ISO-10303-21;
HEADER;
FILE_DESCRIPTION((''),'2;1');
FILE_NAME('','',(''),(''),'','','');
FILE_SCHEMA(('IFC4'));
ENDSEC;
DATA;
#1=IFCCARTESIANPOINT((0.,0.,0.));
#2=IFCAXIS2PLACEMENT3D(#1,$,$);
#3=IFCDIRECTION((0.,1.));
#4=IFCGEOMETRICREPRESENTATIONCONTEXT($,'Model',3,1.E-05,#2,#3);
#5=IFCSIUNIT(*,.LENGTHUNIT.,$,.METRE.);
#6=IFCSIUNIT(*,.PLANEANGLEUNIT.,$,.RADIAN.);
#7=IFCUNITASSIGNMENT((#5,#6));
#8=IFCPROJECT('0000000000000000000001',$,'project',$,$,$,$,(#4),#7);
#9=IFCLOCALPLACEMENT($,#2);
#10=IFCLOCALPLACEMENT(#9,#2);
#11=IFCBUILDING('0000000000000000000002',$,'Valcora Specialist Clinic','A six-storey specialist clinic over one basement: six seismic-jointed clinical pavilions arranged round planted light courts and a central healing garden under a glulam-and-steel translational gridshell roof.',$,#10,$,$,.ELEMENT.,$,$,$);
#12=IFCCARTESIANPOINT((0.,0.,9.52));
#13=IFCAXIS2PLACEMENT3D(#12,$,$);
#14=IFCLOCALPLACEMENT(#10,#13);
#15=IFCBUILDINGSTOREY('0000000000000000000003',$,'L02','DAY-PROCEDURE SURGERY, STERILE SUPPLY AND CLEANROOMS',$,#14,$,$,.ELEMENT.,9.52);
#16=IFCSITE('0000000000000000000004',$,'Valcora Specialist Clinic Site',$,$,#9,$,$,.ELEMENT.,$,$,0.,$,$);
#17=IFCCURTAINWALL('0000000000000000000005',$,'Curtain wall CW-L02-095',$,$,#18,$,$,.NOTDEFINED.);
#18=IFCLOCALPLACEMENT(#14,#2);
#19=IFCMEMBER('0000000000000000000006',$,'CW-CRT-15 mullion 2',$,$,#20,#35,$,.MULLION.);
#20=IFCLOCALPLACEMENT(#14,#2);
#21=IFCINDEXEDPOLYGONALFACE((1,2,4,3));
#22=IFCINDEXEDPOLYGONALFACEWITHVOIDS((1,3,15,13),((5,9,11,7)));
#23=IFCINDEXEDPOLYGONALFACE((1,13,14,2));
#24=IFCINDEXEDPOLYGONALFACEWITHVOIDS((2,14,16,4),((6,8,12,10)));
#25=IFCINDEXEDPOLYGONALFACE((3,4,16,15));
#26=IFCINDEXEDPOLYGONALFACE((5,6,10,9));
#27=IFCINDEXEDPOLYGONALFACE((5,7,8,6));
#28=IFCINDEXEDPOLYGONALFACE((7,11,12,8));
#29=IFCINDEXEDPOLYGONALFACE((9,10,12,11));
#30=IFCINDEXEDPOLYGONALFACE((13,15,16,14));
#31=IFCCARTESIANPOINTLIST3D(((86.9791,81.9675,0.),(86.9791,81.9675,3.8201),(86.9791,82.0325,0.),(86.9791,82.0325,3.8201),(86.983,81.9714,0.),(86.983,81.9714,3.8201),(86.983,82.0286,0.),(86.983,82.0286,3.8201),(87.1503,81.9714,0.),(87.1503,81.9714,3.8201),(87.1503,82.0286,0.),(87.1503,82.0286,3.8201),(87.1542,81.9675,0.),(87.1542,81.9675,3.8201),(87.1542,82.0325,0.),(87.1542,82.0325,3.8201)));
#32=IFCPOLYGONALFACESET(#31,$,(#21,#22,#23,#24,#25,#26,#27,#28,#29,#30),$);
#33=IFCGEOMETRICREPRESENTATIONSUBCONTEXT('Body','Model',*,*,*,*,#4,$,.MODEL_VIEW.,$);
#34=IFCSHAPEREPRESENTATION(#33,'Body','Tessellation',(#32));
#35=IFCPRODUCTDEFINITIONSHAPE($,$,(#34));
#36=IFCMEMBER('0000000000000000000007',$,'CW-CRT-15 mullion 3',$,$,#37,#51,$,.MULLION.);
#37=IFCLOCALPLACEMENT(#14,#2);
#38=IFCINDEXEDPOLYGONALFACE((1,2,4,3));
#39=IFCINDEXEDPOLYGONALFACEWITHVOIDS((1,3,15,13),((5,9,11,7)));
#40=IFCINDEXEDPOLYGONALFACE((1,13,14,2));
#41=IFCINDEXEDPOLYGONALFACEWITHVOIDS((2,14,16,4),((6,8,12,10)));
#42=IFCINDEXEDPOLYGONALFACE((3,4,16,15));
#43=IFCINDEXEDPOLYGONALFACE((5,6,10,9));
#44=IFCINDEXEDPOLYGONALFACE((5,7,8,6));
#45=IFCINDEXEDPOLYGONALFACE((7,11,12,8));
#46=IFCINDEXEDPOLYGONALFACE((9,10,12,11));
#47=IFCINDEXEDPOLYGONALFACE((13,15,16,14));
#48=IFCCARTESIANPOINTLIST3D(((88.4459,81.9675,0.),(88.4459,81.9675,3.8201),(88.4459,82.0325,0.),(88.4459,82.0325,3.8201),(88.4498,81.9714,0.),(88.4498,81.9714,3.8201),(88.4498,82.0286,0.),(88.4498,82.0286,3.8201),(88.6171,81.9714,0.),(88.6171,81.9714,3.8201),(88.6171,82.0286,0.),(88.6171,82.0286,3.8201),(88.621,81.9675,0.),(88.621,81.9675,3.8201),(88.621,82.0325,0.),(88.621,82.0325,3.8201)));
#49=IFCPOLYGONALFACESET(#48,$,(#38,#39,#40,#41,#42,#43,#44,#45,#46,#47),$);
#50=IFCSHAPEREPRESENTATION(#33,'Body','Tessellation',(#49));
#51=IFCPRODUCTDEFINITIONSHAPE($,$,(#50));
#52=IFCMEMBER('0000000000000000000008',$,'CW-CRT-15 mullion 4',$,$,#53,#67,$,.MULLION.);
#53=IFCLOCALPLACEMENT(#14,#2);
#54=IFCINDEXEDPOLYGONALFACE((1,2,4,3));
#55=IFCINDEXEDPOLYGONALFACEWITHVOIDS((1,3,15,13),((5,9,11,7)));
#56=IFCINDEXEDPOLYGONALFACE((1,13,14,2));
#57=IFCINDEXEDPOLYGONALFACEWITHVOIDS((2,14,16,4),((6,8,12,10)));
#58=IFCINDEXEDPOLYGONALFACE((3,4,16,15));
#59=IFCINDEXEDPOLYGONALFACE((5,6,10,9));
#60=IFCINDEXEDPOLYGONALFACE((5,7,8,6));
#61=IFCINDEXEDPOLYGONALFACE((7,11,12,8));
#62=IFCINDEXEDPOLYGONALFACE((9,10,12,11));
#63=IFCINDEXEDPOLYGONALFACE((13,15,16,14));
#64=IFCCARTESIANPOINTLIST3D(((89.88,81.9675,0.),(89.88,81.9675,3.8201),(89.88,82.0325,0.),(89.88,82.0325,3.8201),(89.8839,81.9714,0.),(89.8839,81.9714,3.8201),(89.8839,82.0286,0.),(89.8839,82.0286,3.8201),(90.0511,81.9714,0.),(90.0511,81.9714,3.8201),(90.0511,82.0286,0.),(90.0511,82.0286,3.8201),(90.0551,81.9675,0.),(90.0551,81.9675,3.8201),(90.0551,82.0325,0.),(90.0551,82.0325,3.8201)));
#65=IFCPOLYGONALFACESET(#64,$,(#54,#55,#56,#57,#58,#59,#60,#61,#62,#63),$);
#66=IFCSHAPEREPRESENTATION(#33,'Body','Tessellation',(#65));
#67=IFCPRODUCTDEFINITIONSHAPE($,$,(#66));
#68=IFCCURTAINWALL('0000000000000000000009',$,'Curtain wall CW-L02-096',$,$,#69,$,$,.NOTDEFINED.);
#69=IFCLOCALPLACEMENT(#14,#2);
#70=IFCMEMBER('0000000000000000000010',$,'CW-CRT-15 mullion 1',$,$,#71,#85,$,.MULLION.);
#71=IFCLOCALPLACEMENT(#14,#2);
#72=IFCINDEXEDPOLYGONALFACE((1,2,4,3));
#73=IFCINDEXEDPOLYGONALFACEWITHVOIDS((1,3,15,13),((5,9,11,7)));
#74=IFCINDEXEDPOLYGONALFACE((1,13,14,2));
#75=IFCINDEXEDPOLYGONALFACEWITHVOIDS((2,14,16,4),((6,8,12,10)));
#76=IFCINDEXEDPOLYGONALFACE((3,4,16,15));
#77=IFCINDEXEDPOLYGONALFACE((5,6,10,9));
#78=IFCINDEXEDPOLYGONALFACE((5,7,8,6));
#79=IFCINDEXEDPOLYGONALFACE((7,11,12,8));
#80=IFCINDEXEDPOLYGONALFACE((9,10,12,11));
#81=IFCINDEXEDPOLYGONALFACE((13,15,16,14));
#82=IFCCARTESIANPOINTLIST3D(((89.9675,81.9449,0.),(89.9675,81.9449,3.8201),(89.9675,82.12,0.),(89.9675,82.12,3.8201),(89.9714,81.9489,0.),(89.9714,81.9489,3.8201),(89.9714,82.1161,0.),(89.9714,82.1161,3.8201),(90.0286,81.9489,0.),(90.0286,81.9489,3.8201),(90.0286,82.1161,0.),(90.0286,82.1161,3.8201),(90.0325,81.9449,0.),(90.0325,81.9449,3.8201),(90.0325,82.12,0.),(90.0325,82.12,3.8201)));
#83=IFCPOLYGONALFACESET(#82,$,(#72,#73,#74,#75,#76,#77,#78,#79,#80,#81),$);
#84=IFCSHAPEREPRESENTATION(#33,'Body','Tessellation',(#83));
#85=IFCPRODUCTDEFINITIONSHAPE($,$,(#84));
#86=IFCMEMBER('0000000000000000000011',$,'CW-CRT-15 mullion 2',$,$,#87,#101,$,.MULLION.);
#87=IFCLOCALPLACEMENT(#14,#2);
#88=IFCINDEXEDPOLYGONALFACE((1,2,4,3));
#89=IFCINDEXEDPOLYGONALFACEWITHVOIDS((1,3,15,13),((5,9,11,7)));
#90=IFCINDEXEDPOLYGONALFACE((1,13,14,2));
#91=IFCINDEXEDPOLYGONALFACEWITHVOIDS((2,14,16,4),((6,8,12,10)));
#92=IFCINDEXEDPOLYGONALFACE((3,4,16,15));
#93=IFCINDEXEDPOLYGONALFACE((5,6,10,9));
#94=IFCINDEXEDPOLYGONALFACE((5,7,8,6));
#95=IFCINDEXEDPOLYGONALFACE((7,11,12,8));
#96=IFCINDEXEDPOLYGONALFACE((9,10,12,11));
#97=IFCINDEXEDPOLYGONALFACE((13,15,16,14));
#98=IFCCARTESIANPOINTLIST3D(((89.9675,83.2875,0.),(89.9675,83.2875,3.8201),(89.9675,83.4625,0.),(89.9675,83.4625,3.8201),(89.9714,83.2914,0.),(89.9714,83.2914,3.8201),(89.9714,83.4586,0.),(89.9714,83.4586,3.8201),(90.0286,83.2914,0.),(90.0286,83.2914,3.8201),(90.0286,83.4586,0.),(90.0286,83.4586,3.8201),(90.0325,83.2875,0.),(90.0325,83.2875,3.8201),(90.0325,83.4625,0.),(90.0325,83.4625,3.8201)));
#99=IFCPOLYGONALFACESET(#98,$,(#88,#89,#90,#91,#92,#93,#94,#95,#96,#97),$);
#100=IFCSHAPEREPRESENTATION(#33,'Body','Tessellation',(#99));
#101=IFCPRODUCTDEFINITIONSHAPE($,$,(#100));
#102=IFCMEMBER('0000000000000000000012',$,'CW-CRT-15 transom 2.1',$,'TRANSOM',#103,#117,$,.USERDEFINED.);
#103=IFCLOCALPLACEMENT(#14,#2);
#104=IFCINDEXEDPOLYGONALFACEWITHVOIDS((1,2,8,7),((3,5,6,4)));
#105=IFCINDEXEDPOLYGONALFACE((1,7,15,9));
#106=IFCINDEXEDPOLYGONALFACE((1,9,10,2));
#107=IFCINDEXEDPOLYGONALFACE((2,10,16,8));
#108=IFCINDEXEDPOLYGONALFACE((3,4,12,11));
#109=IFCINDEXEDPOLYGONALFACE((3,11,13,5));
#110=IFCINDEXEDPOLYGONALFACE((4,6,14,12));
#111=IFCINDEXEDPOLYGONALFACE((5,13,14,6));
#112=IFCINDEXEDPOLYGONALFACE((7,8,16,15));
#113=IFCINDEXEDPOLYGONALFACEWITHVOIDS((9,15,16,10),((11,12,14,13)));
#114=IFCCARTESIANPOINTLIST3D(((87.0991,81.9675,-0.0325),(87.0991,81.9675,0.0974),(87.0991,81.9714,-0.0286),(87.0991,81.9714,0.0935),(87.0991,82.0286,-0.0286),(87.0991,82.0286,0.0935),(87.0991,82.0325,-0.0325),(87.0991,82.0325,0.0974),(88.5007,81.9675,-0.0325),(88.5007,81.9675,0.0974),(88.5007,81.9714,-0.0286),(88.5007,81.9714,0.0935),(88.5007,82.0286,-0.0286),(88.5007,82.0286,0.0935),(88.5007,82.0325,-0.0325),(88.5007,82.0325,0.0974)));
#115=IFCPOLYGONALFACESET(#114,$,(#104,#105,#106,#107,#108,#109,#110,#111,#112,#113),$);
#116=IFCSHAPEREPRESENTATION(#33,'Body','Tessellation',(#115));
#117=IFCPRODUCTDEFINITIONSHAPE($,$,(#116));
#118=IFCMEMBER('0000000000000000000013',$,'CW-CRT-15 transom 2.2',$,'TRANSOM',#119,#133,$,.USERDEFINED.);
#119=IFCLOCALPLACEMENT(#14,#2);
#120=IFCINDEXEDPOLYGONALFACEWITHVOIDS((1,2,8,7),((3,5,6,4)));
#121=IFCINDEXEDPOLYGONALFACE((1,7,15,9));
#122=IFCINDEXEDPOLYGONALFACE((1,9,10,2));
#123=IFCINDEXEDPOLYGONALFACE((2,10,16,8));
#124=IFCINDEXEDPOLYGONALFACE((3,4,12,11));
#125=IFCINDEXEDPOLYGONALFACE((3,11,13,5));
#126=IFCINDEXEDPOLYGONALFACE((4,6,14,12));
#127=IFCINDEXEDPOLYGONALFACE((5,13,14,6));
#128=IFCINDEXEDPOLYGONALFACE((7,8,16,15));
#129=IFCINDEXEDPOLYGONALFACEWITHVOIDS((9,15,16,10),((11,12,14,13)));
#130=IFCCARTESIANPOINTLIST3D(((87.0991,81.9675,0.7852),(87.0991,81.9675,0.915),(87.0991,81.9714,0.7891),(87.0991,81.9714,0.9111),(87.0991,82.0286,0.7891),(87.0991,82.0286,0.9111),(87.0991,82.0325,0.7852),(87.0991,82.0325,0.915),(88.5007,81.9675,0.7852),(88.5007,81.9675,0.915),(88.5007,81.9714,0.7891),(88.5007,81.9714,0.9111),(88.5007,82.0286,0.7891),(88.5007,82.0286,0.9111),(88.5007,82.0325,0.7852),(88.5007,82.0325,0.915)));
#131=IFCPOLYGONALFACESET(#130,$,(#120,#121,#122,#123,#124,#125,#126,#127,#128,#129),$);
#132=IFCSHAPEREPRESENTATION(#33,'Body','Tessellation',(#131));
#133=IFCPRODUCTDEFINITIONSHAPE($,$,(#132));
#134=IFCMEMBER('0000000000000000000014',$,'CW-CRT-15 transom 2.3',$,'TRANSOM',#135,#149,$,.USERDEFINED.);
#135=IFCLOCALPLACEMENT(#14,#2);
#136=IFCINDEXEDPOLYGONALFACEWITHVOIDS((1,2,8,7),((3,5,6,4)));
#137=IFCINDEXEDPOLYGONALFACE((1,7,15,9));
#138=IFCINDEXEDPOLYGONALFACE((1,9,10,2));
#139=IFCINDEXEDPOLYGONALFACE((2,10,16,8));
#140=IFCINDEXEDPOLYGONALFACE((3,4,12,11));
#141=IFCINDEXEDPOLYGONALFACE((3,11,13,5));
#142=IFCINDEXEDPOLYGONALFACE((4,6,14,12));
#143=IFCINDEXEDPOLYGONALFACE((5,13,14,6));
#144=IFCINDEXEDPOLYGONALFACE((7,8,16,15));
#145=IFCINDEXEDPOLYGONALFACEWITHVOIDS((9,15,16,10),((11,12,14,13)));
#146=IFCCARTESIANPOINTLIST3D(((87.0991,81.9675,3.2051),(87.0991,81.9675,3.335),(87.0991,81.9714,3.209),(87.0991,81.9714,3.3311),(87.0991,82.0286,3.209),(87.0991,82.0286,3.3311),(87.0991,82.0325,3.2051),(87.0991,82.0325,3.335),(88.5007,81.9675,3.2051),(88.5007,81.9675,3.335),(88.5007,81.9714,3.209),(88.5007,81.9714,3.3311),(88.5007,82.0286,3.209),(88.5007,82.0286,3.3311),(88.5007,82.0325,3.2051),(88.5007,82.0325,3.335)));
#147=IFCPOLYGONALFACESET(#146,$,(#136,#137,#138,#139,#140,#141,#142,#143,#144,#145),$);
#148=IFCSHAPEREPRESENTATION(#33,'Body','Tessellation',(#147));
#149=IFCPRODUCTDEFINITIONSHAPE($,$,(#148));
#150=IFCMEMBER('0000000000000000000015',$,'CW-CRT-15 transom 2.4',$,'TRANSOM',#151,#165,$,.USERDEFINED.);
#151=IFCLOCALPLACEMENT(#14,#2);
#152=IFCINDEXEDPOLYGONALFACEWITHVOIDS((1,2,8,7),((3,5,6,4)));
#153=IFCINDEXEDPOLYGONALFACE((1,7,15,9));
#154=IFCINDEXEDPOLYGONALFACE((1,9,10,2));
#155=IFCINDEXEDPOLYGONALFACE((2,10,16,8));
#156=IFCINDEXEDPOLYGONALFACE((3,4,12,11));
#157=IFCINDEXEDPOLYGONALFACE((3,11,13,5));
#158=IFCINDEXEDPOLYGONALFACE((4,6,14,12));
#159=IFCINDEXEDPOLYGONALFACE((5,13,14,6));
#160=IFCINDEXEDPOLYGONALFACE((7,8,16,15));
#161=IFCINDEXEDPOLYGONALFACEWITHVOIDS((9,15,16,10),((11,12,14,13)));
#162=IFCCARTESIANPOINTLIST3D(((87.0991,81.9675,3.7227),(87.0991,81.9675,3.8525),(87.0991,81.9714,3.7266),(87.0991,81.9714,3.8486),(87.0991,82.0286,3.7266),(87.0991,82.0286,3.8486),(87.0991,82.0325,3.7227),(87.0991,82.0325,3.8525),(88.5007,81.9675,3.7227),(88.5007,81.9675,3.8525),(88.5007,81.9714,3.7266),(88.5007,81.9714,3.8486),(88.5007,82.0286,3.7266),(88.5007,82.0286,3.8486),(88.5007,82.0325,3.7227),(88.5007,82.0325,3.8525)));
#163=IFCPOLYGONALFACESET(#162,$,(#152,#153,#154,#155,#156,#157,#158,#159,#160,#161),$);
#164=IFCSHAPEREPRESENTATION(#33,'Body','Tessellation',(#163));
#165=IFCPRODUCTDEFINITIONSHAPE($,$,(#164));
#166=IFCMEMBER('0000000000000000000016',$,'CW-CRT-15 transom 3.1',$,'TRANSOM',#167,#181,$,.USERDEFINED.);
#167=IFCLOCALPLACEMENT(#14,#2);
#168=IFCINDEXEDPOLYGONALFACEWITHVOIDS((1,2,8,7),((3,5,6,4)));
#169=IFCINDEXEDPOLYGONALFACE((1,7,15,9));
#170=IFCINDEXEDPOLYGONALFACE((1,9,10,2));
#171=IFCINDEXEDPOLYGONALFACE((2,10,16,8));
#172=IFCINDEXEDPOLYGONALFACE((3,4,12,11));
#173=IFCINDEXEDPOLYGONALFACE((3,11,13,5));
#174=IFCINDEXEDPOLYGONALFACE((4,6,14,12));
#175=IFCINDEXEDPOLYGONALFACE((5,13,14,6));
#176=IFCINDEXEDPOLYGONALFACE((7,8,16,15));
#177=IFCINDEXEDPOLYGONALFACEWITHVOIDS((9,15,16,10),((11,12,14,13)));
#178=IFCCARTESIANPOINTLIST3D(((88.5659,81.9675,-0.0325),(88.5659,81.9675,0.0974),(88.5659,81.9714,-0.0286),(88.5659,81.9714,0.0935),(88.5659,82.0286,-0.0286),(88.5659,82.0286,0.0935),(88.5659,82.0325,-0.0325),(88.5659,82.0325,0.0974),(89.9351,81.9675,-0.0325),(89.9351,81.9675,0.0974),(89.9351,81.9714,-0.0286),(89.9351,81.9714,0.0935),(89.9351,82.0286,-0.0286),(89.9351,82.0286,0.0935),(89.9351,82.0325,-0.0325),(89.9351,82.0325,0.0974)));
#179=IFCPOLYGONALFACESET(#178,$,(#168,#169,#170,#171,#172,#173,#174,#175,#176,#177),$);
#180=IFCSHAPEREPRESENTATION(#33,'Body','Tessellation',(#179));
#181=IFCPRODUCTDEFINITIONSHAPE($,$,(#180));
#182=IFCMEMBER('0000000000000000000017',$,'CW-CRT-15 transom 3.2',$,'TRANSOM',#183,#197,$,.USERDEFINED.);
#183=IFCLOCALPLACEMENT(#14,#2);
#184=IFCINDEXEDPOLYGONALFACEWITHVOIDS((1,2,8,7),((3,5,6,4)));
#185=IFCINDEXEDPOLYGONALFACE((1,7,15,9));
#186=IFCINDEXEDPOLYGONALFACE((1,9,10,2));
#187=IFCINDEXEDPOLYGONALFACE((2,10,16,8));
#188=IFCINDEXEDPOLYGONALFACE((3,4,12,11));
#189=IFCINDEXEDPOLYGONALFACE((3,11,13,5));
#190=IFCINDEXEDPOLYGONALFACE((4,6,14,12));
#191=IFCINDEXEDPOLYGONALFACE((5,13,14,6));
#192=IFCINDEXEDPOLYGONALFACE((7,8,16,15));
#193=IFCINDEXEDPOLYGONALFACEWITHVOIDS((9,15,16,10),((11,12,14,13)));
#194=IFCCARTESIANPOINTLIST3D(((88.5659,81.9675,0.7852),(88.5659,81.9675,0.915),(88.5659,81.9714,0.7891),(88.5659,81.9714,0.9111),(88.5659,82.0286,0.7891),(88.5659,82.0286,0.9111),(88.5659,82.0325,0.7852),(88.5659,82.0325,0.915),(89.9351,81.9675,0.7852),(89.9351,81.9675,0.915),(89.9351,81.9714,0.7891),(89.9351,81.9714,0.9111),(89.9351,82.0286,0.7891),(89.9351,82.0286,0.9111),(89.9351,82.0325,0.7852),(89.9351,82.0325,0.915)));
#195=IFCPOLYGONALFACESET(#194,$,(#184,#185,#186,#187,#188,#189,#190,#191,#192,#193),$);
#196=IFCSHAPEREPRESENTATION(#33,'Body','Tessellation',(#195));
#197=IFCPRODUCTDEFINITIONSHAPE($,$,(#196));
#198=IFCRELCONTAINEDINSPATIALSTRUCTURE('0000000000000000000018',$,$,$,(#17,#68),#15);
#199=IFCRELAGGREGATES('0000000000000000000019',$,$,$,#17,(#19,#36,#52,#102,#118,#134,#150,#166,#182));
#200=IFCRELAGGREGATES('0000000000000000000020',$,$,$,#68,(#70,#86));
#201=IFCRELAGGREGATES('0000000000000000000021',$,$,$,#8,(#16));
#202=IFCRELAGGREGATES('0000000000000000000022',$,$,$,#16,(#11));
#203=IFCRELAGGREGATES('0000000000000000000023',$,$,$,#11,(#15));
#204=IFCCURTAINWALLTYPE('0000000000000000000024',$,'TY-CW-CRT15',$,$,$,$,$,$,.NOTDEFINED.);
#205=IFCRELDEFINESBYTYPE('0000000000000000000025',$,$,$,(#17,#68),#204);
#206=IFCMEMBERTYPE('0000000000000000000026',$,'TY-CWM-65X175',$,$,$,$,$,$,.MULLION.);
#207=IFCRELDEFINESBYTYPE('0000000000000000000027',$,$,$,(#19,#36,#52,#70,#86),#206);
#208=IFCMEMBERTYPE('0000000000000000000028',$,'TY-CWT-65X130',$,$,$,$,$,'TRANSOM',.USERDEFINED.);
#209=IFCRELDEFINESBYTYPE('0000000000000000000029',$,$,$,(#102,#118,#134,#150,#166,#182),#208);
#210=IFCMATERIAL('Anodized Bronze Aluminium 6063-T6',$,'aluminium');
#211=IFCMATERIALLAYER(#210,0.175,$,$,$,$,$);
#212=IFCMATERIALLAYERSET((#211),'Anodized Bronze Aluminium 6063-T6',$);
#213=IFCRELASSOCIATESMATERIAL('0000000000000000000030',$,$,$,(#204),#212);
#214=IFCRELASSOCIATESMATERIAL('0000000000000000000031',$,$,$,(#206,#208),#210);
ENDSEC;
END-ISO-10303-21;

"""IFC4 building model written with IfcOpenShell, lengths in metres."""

from ifc_helpers import new_model, si_unit, direction, frame, origin, origin_2d, place, context, subcontext, project, spatial, hollow_rectangle, extrude, material, layer, layer_set, material_profile, profile_set, type_object, element, aggregate, save


model = new_model("IFC4")

# Units and contexts
model_context = context("Model", 3, precision=1e-05, world=origin(), true_north=direction((0.0, 1.0)))
body_context = subcontext(model_context, "Body", "Model", "MODEL_VIEW")
ifc_project = project(units=[si_unit("LENGTHUNIT", "METRE"), si_unit("PLANEANGLEUNIT", "RADIAN")], contexts=[model_context])

# Site, building, storey
site_placement = place(None, origin())
site = spatial("IfcSite", under=ifc_project, at=site_placement, Name="Valcora Specialist Clinic Site", CompositionType="ELEMENT", RefElevation=0.0)
building_placement = place(site_placement, origin())
building = spatial("IfcBuilding", under=site, at=building_placement, Name="Valcora Specialist Clinic", Description="A six-storey specialist clinic over one basement: six seismic-jointed clinical pavilions arranged round planted light courts and a central healing garden under a glulam-and-steel translational gridshell roof.", CompositionType="ELEMENT")
storey_placement = place(building_placement, frame((0.0, 0.0, 9.52)))
storey = spatial("IfcBuildingStorey", under=building, at=storey_placement, Name="L02", Description="DAY-PROCEDURE SURGERY, STERILE SUPPLY AND CLEANROOMS", CompositionType="ELEMENT", Elevation=9.52)

# Curtain walls, members
ifc_material_1 = material(Name="Anodized Bronze Aluminium 6063-T6", Category="aluminium")
ifc_layer_1 = layer(ifc_material_1, 0.175)
ifc_layer_set_1 = layer_set([ifc_layer_1], Name="Anodized Bronze Aluminium 6063-T6")
curtain_wall_type = type_object("IfcCurtainWallType", Name="TY-CW-CRT15", PredefinedType="NOTDEFINED", material=ifc_layer_set_1)
curtain_wall_1_placement = place(storey_placement, origin())
curtain_wall_1 = element("IfcCurtainWall", 1, at=curtain_wall_1_placement, inside=storey, type_object=curtain_wall_type, Name="Curtain wall CW-L02-095", PredefinedType="NOTDEFINED")
ifc_material_profile_1 = material_profile(ifc_material_1, hollow_rectangle(XDim=0.0649, YDim=0.175, WallThickness=0.0039, at=origin_2d()), Name="AL-MUL-65X175")
ifc_profile_set_1 = profile_set([ifc_material_profile_1], Name="Anodized Bronze Aluminium 6063-T6")
member_type_1 = type_object("IfcMemberType", Name="TY-CWM-65X175", PredefinedType="MULLION", material=ifc_profile_set_1)
member_1_placement = place(storey_placement, frame((87.0667, 82.0, 0.0), z_axis=(0.0, 0.0, 1.0), x_axis=(0.0, 1.0, 0.0)))
member_1 = element("IfcMember", 2, at=member_1_placement, type_object=member_type_1, Name="CW-CRT-15 mullion 2", PredefinedType="MULLION", context=body_context, shape_type="SweptSolid", body=[
    extrude(hollow_rectangle(XDim=0.0649, YDim=0.175, WallThickness=0.0039, at=origin_2d()), origin(), (0.0, 0.0, 1.0), 3.8201),
])
member_2_placement = place(storey_placement, frame((88.5334, 82.0, 0.0), z_axis=(0.0, 0.0, 1.0), x_axis=(0.0, 1.0, 0.0)))
member_2 = element("IfcMember", 3, at=member_2_placement, type_object=member_type_1, Name="CW-CRT-15 mullion 3", PredefinedType="MULLION", context=body_context, shape_type="SweptSolid", body=[
    extrude(hollow_rectangle(XDim=0.0649, YDim=0.175, WallThickness=0.0039, at=origin_2d()), origin(), (0.0, 0.0, 1.0), 3.8201),
])
member_3_placement = place(storey_placement, frame((89.9675, 82.0, 0.0), z_axis=(0.0, 0.0, 1.0), x_axis=(0.0, 1.0, 0.0)))
member_3 = element("IfcMember", 4, at=member_3_placement, type_object=member_type_1, Name="CW-CRT-15 mullion 4", PredefinedType="MULLION", context=body_context, shape_type="SweptSolid", body=[
    extrude(hollow_rectangle(XDim=0.0649, YDim=0.175, WallThickness=0.0039, at=origin_2d()), origin(), (0.0, 0.0, 1.0), 3.8201),
])
curtain_wall_2_placement = place(storey_placement, origin())
curtain_wall_2 = element("IfcCurtainWall", 5, at=curtain_wall_2_placement, inside=storey, type_object=curtain_wall_type, Name="Curtain wall CW-L02-096", PredefinedType="NOTDEFINED")
member_4_placement = place(storey_placement, frame((90.0, 82.0325, 0.0), z_axis=(0.0, 0.0, 1.0), x_axis=(-1.0, 0.0, 0.0)))
member_4 = element("IfcMember", 6, at=member_4_placement, type_object=member_type_1, Name="CW-CRT-15 mullion 1", PredefinedType="MULLION", context=body_context, shape_type="SweptSolid", body=[
    extrude(hollow_rectangle(XDim=0.0649, YDim=0.175, WallThickness=0.0039, at=origin_2d()), origin(), (0.0, 0.0, 1.0), 3.8201),
])
member_5_placement = place(storey_placement, frame((90.0, 83.375, 0.0), z_axis=(0.0, 0.0, 1.0), x_axis=(-1.0, 0.0, 0.0)))
member_5 = element("IfcMember", 7, at=member_5_placement, type_object=member_type_1, Name="CW-CRT-15 mullion 2", PredefinedType="MULLION", context=body_context, shape_type="SweptSolid", body=[
    extrude(hollow_rectangle(XDim=0.0649, YDim=0.175, WallThickness=0.0039, at=origin_2d()), origin(), (0.0, 0.0, 1.0), 3.8201),
])

# Members
ifc_material_profile_2 = material_profile(ifc_material_1, hollow_rectangle(XDim=0.0649, YDim=0.1299, WallThickness=0.0039, at=origin_2d()), Name="AL-TRN-65X130")
ifc_profile_set_2 = profile_set([ifc_material_profile_2], Name="Anodized Bronze Aluminium 6063-T6")
member_type_2 = type_object("IfcMemberType", Name="TY-CWT-65X130", ElementType="TRANSOM", PredefinedType="USERDEFINED", material=ifc_profile_set_2)
member_6_placement = place(storey_placement, frame((87.0991, 82.0, 0.0325), z_axis=(1.0, 0.0, 0.0), x_axis=(0.0, 1.0, 0.0)))
member_6 = element("IfcMember", 8, at=member_6_placement, type_object=member_type_2, Name="CW-CRT-15 transom 2.1", ObjectType="TRANSOM", PredefinedType="USERDEFINED", context=body_context, shape_type="SweptSolid", body=[
    extrude(hollow_rectangle(XDim=0.0649, YDim=0.1299, WallThickness=0.0039, at=origin_2d()), origin(), (0.0, 0.0, 1.0), 1.4016),
])
member_7_placement = place(storey_placement, frame((87.0991, 82.0, 0.8501), z_axis=(1.0, 0.0, 0.0), x_axis=(0.0, 1.0, 0.0)))
member_7 = element("IfcMember", 9, at=member_7_placement, type_object=member_type_2, Name="CW-CRT-15 transom 2.2", ObjectType="TRANSOM", PredefinedType="USERDEFINED", context=body_context, shape_type="SweptSolid", body=[
    extrude(hollow_rectangle(XDim=0.0649, YDim=0.1299, WallThickness=0.0039, at=origin_2d()), origin(), (0.0, 0.0, 1.0), 1.4016),
])
member_8_placement = place(storey_placement, frame((87.0991, 82.0, 3.27), z_axis=(1.0, 0.0, 0.0), x_axis=(0.0, 1.0, 0.0)))
member_8 = element("IfcMember", 10, at=member_8_placement, type_object=member_type_2, Name="CW-CRT-15 transom 2.3", ObjectType="TRANSOM", PredefinedType="USERDEFINED", context=body_context, shape_type="SweptSolid", body=[
    extrude(hollow_rectangle(XDim=0.0649, YDim=0.1299, WallThickness=0.0039, at=origin_2d()), origin(), (0.0, 0.0, 1.0), 1.4016),
])
member_9_placement = place(storey_placement, frame((87.0991, 82.0, 3.7876), z_axis=(1.0, 0.0, 0.0), x_axis=(0.0, 1.0, 0.0)))
member_9 = element("IfcMember", 11, at=member_9_placement, type_object=member_type_2, Name="CW-CRT-15 transom 2.4", ObjectType="TRANSOM", PredefinedType="USERDEFINED", context=body_context, shape_type="SweptSolid", body=[
    extrude(hollow_rectangle(XDim=0.0649, YDim=0.1299, WallThickness=0.0039, at=origin_2d()), origin(), (0.0, 0.0, 1.0), 1.4016),
])
member_10_placement = place(storey_placement, frame((88.5659, 82.0, 0.0325), z_axis=(1.0, 0.0, 0.0), x_axis=(0.0, 1.0, 0.0)))
member_10 = element("IfcMember", 12, at=member_10_placement, type_object=member_type_2, Name="CW-CRT-15 transom 3.1", ObjectType="TRANSOM", PredefinedType="USERDEFINED", context=body_context, shape_type="SweptSolid", body=[
    extrude(hollow_rectangle(XDim=0.0649, YDim=0.1299, WallThickness=0.0039, at=origin_2d()), origin(), (0.0, 0.0, 1.0), 1.3691),
])
member_11_placement = place(storey_placement, frame((88.5659, 82.0, 0.8501), z_axis=(1.0, 0.0, 0.0), x_axis=(0.0, 1.0, 0.0)))
member_11 = element("IfcMember", 13, at=member_11_placement, type_object=member_type_2, Name="CW-CRT-15 transom 3.2", ObjectType="TRANSOM", PredefinedType="USERDEFINED", context=body_context, shape_type="SweptSolid", body=[
    extrude(hollow_rectangle(XDim=0.0649, YDim=0.1299, WallThickness=0.0039, at=origin_2d()), origin(), (0.0, 0.0, 1.0), 1.3691),
])

aggregate(curtain_wall_1, [member_1, member_2, member_3, member_6, member_7, member_8, member_9, member_10, member_11])
aggregate(curtain_wall_2, [member_4, member_5])

save(model, "model.ifc")
